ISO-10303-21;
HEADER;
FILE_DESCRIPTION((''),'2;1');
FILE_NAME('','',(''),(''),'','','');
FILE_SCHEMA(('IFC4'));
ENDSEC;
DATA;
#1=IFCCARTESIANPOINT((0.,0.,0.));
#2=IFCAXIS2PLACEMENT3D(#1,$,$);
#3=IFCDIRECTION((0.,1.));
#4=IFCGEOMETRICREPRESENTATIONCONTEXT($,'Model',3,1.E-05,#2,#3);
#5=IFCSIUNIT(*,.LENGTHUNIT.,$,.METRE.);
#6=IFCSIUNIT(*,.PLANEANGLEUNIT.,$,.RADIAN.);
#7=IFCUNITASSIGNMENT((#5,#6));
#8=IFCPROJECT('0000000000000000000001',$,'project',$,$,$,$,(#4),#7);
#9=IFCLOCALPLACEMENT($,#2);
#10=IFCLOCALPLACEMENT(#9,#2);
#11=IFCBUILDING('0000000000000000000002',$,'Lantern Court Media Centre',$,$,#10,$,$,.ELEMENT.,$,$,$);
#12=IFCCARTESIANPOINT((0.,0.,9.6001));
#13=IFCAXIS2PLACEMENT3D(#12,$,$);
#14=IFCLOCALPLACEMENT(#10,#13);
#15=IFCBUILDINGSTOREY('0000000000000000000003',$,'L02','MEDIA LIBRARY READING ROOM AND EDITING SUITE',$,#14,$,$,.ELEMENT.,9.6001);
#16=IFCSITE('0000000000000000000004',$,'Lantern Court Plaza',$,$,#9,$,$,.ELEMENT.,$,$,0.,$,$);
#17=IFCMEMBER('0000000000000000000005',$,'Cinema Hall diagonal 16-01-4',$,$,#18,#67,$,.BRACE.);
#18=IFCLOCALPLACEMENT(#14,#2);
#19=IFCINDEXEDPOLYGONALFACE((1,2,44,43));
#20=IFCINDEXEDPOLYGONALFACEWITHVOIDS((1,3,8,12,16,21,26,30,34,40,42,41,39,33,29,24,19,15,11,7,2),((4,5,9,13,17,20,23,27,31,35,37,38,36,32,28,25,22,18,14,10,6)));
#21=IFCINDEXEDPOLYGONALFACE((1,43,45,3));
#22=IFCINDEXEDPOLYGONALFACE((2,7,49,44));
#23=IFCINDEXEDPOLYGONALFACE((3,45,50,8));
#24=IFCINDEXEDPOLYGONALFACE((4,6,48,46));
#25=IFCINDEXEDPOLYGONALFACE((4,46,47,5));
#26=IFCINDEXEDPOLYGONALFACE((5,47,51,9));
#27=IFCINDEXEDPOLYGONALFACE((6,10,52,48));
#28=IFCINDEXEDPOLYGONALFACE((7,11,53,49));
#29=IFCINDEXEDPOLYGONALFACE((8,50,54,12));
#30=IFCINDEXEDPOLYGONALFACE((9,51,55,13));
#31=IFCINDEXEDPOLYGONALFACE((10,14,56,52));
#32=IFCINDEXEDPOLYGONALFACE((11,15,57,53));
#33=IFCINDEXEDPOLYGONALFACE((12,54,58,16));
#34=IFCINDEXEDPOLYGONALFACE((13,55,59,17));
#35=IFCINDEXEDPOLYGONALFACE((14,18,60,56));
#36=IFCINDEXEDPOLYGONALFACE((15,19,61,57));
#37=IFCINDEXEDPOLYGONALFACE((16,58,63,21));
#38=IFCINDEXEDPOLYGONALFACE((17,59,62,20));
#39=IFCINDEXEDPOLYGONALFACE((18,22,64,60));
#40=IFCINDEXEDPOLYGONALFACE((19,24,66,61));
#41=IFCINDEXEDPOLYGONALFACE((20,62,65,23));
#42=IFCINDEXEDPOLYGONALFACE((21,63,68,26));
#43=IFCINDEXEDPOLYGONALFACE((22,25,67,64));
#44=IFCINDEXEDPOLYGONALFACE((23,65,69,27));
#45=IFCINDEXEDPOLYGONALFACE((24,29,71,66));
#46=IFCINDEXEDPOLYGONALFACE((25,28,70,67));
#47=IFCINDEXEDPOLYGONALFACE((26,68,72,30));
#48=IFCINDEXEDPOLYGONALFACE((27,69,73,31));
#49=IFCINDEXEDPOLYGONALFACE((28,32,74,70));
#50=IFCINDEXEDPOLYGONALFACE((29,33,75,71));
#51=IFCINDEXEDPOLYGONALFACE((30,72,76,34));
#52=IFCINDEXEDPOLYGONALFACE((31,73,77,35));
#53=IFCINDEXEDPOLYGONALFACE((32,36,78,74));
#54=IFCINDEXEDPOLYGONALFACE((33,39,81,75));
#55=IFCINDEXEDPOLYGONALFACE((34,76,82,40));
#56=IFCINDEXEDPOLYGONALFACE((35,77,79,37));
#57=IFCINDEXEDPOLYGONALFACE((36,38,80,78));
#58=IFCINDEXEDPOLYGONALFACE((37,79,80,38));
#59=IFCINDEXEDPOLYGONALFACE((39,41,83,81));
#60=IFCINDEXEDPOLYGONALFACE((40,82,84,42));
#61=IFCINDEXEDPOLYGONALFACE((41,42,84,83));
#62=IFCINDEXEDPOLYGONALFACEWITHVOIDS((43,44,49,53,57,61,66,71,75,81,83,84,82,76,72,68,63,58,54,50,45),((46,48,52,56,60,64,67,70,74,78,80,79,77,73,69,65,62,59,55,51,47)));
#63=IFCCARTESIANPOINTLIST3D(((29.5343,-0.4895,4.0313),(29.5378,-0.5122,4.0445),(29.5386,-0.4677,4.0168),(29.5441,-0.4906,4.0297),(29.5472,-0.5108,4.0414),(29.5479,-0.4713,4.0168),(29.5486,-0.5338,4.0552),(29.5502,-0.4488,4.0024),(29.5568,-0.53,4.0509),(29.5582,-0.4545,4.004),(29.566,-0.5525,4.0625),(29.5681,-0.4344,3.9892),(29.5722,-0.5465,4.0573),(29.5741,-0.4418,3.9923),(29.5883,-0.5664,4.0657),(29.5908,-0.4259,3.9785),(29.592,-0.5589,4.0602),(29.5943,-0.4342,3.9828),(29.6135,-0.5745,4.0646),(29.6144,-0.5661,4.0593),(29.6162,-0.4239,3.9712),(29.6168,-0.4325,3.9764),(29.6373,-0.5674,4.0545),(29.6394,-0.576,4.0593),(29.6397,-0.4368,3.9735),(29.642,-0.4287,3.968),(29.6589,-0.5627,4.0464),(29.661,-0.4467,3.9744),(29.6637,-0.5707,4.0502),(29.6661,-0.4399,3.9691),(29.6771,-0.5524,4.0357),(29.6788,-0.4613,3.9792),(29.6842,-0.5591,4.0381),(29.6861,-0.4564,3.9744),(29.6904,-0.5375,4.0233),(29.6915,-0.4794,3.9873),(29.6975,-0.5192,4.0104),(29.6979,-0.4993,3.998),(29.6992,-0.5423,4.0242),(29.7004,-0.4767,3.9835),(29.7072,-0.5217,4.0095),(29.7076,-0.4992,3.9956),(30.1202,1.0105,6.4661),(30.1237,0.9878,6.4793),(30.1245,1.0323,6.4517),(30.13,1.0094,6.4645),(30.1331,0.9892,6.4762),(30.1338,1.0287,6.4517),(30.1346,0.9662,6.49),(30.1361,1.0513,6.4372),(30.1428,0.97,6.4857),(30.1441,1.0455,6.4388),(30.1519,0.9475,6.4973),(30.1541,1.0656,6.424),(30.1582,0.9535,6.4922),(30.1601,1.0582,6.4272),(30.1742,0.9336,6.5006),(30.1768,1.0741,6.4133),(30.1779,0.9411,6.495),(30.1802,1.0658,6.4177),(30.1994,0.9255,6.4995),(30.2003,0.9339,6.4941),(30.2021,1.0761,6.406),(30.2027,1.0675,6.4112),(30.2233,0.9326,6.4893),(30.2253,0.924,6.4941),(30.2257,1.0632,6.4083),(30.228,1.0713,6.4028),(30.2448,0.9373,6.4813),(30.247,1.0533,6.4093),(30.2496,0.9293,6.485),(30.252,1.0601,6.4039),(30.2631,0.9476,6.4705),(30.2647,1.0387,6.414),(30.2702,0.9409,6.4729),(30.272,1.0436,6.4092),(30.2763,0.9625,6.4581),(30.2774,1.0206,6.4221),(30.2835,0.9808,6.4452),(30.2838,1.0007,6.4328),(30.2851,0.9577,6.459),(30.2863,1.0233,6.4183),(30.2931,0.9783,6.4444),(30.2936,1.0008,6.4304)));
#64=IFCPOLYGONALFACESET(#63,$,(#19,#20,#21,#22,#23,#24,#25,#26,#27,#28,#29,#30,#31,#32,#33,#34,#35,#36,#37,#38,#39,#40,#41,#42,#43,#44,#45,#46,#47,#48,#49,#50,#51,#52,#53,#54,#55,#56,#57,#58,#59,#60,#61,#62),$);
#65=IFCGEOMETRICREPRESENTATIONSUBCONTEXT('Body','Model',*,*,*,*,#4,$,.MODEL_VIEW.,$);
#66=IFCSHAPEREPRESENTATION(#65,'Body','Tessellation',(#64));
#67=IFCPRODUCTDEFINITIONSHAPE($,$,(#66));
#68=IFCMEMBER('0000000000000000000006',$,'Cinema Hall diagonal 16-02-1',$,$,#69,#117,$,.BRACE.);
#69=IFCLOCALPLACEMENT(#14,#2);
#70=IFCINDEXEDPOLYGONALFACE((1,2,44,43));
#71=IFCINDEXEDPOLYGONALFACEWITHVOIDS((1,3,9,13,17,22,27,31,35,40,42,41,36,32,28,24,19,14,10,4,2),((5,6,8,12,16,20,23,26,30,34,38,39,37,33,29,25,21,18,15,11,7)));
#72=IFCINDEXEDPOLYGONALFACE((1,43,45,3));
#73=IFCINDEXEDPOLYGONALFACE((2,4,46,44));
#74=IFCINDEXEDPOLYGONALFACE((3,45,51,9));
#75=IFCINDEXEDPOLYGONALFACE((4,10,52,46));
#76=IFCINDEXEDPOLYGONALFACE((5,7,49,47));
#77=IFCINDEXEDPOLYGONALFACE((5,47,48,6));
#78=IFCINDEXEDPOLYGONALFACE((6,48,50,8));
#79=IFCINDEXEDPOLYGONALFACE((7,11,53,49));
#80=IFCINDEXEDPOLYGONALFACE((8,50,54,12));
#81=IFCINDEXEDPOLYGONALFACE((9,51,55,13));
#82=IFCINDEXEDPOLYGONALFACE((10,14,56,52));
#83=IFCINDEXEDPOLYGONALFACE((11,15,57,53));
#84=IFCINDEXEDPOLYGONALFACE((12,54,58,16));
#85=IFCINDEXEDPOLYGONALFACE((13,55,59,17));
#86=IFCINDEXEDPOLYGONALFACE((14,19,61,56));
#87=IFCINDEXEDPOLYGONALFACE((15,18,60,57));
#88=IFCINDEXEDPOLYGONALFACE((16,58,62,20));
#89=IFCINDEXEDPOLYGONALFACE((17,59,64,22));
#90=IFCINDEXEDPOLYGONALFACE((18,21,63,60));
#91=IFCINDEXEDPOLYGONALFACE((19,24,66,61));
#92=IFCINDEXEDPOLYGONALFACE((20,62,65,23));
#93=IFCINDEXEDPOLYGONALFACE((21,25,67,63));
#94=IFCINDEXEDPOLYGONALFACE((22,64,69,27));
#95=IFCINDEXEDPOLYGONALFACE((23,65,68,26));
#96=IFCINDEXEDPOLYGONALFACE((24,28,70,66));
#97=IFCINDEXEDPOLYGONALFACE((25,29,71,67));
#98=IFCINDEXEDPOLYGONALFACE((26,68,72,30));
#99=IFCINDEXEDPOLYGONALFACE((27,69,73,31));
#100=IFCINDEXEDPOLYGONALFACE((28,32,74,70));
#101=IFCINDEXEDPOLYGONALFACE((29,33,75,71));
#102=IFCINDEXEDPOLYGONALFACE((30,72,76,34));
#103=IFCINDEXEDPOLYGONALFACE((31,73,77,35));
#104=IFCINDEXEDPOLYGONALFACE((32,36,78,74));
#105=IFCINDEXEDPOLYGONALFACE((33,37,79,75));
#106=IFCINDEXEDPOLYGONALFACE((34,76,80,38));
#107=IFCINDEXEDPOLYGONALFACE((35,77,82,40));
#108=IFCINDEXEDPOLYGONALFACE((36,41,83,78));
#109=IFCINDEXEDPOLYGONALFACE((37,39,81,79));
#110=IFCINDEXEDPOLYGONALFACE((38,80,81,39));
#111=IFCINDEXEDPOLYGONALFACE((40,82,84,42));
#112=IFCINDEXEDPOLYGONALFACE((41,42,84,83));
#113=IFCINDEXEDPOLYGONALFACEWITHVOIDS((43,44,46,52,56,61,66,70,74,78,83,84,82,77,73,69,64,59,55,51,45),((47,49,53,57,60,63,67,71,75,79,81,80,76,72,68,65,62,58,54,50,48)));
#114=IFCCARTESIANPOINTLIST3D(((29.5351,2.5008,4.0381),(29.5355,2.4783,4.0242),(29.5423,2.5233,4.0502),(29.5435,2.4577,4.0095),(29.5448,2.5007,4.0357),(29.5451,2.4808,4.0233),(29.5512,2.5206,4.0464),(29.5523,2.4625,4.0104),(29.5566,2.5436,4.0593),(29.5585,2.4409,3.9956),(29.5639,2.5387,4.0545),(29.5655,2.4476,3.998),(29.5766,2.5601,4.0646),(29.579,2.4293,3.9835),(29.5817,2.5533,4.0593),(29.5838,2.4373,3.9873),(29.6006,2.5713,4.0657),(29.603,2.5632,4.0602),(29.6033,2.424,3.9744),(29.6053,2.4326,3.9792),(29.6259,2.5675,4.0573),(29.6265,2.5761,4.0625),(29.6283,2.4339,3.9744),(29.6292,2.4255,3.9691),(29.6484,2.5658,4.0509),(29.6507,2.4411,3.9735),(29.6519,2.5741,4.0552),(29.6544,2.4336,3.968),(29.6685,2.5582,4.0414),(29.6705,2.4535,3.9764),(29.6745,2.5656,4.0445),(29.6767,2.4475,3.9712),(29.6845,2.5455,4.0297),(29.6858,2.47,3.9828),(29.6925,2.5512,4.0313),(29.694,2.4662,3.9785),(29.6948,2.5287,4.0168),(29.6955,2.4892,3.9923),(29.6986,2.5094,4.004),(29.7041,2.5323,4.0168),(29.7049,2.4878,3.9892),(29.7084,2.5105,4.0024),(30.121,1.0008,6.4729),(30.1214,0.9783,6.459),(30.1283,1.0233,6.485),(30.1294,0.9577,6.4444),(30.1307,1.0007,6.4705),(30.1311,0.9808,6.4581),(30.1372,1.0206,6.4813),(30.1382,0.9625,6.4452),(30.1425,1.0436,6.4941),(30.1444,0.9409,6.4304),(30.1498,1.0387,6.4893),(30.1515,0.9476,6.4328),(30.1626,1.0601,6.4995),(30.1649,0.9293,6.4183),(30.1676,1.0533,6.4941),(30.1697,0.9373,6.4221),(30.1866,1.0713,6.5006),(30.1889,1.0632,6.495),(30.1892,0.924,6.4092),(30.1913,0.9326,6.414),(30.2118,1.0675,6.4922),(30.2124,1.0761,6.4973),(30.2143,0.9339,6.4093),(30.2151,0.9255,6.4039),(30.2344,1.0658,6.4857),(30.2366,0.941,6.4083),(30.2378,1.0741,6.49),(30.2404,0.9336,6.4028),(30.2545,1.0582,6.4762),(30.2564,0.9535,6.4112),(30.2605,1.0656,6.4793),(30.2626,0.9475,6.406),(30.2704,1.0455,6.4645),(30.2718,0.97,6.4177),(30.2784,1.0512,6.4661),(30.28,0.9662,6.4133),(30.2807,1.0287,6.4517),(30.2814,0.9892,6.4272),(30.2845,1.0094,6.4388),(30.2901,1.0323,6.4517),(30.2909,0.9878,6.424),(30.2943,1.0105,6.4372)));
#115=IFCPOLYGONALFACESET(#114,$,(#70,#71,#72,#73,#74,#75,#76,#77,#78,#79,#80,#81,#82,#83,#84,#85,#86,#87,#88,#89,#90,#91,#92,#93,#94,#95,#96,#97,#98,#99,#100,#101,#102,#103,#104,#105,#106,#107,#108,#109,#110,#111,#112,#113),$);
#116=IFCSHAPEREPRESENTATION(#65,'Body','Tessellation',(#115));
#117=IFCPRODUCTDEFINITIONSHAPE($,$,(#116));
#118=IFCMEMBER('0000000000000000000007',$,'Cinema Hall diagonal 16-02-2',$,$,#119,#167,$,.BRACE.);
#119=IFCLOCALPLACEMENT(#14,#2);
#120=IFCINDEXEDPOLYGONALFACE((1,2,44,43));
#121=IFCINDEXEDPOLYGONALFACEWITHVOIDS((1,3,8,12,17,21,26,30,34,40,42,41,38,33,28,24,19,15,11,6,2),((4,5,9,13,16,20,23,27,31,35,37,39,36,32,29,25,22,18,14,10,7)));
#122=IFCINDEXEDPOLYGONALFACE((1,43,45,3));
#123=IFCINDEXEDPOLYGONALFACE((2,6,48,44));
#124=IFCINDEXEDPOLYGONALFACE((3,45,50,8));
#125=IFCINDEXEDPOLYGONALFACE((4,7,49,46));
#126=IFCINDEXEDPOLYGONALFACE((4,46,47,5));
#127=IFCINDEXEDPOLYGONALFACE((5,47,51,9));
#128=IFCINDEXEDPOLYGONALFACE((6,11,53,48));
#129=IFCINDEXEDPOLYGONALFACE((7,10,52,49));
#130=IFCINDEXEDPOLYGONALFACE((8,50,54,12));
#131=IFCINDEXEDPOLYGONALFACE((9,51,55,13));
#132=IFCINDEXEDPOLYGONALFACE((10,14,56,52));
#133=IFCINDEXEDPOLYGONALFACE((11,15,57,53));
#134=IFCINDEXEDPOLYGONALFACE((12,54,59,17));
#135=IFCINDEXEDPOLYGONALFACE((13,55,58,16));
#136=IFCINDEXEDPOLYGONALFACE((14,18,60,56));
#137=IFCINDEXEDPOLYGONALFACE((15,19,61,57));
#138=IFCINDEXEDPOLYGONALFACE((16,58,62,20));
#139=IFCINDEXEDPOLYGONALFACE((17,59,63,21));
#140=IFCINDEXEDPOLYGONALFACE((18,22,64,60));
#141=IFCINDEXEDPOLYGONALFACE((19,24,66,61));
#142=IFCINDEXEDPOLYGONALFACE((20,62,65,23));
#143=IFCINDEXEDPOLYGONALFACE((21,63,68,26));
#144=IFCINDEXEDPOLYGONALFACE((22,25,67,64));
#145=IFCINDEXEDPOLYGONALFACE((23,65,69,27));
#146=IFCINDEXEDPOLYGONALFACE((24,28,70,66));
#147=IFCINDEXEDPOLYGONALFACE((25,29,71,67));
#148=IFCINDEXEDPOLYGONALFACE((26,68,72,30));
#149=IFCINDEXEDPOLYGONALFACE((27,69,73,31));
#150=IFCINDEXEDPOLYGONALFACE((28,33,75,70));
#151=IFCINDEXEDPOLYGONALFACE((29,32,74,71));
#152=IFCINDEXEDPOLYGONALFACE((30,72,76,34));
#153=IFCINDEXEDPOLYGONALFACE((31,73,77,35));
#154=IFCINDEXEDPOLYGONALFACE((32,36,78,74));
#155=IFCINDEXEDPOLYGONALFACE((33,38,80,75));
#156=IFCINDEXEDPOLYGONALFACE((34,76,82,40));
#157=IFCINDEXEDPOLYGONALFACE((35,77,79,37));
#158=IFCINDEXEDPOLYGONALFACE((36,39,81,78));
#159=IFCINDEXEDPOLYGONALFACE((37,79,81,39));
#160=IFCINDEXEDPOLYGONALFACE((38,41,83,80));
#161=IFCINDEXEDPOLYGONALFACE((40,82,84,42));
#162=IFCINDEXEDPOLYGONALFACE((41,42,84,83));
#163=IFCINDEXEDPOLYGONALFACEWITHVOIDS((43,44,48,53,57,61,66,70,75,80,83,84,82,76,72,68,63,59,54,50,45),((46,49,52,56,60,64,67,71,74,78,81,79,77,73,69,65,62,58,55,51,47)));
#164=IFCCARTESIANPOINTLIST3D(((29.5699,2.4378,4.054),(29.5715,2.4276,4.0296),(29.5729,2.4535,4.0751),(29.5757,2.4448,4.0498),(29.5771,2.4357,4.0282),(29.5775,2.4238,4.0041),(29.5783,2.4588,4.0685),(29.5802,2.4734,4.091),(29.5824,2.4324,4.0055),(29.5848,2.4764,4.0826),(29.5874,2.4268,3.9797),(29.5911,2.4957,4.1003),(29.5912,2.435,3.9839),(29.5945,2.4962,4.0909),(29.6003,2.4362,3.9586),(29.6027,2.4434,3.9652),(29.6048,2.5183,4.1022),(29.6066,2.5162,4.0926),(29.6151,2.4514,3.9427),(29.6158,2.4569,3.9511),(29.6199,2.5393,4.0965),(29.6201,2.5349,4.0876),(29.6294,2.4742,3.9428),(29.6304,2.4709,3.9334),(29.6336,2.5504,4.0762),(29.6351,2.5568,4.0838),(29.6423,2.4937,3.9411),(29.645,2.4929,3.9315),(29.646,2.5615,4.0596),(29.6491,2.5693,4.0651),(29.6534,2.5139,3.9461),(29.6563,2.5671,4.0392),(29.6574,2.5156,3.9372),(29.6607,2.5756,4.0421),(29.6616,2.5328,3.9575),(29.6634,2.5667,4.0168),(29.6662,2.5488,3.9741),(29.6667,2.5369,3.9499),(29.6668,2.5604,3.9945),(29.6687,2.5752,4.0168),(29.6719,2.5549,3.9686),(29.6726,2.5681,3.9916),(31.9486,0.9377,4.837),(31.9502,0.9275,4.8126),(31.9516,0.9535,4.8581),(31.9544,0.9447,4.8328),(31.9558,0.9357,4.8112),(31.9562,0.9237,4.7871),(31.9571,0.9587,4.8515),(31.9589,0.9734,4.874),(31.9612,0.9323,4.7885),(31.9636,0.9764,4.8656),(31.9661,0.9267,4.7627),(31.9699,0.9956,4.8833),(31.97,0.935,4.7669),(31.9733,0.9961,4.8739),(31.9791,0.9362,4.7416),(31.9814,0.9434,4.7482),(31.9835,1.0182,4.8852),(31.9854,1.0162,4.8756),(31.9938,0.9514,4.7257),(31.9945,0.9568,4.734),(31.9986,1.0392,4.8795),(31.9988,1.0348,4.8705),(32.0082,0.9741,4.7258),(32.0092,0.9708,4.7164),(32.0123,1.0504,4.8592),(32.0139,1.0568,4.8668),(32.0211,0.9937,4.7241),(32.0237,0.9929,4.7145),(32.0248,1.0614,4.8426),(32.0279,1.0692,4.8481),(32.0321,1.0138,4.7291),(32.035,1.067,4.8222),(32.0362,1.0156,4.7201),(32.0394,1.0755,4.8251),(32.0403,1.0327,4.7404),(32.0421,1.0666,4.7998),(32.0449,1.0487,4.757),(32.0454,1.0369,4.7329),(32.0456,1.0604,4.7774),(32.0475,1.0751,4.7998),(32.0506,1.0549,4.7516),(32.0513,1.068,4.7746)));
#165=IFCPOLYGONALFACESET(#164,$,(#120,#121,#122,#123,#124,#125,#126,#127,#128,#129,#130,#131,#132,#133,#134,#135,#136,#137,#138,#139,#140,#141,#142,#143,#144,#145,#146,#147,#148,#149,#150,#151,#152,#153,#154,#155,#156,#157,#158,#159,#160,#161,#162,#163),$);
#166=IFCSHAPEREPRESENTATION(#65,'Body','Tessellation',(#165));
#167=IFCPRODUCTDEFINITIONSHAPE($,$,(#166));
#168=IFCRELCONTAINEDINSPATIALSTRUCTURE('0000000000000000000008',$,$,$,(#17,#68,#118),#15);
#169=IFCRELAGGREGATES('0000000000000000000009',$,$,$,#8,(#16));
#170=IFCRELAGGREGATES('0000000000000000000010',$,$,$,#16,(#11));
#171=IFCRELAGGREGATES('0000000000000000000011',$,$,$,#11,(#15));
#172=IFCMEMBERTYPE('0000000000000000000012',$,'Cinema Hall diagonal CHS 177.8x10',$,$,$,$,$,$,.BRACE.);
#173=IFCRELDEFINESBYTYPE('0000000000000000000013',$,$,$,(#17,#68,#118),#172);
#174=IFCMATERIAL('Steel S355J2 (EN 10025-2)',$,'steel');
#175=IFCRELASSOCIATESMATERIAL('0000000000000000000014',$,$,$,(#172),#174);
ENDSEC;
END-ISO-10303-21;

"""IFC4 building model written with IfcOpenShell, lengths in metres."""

from ifc_helpers import new_model, si_unit, direction, frame, origin, origin_2d, place, context, subcontext, project, spatial, hollow_circle, extrude, material, material_profile, profile_set, type_object, element, save


model = new_model("IFC4")

# Units and contexts
model_context = context("Model", 3, precision=1e-05, world=origin(), true_north=direction((0.0, 1.0)))
body_context = subcontext(model_context, "Body", "Model", "MODEL_VIEW")
ifc_project = project(units=[si_unit("LENGTHUNIT", "METRE"), si_unit("PLANEANGLEUNIT", "RADIAN")], contexts=[model_context])

# Site, building, storey
site_placement = place(None, origin())
site = spatial("IfcSite", under=ifc_project, at=site_placement, Name="Lantern Court Plaza", CompositionType="ELEMENT", RefElevation=0.0)
building_placement = place(site_placement, origin())
building = spatial("IfcBuilding", under=site, at=building_placement, Name="Lantern Court Media Centre", CompositionType="ELEMENT")
storey_placement = place(building_placement, frame((0.0, 0.0, 9.6001)))
storey = spatial("IfcBuildingStorey", under=building, at=storey_placement, Name="L02", Description="MEDIA LIBRARY READING ROOM AND EDITING SUITE", CompositionType="ELEMENT", Elevation=9.6001)

# Members
ifc_material_1 = material(Name="Steel S355J2 (EN 10025-2)", Category="steel")
ifc_material_profile_1 = material_profile(ifc_material_1, hollow_circle(Radius=0.0889, WallThickness=0.01, at=origin_2d()), Name="Cinema Hall diagonal CHS 177.8x10")
ifc_profile_set_1 = profile_set([ifc_material_profile_1], Name="Steel S355J2 (EN 10025-2)")
member_type_1 = type_object("IfcMemberType", Name="Cinema Hall diagonal CHS 177.8x10", PredefinedType="BRACE", material=ifc_profile_set_1)
for number, where, z_axis, x_axis, name in (
    (1, (29.6213, -0.5, 4.0168), (0.20072, 0.513842, 0.834073), (-0.931457, 0.363851, 0.0), "Cinema Hall diagonal 16-01-4"),
    (2, (29.6213, 2.5, 4.0168), (0.20072, -0.513842, 0.834073), (0.931457, 0.363851, 0.0), "Cinema Hall diagonal 16-02-1"),
    (3, (29.6213, 2.5, 4.0168), (0.814866, -0.51386, 0.268221), (0.533405, 0.84586, 0.0), "Cinema Hall diagonal 16-02-2"),
):
    element("IfcMember", number, at=place(storey_placement, frame(where, z_axis=z_axis, x_axis=x_axis)), inside=storey, type_object=member_type_1, Name=name, PredefinedType="BRACE", context=body_context, shape_type="SweptSolid", body=[
        extrude(hollow_circle(Radius=0.0889, WallThickness=0.01, at=origin_2d()), origin(), (0.0, 0.0, 1.0), 2.9192),
    ])

save(model, "model.ifc")
